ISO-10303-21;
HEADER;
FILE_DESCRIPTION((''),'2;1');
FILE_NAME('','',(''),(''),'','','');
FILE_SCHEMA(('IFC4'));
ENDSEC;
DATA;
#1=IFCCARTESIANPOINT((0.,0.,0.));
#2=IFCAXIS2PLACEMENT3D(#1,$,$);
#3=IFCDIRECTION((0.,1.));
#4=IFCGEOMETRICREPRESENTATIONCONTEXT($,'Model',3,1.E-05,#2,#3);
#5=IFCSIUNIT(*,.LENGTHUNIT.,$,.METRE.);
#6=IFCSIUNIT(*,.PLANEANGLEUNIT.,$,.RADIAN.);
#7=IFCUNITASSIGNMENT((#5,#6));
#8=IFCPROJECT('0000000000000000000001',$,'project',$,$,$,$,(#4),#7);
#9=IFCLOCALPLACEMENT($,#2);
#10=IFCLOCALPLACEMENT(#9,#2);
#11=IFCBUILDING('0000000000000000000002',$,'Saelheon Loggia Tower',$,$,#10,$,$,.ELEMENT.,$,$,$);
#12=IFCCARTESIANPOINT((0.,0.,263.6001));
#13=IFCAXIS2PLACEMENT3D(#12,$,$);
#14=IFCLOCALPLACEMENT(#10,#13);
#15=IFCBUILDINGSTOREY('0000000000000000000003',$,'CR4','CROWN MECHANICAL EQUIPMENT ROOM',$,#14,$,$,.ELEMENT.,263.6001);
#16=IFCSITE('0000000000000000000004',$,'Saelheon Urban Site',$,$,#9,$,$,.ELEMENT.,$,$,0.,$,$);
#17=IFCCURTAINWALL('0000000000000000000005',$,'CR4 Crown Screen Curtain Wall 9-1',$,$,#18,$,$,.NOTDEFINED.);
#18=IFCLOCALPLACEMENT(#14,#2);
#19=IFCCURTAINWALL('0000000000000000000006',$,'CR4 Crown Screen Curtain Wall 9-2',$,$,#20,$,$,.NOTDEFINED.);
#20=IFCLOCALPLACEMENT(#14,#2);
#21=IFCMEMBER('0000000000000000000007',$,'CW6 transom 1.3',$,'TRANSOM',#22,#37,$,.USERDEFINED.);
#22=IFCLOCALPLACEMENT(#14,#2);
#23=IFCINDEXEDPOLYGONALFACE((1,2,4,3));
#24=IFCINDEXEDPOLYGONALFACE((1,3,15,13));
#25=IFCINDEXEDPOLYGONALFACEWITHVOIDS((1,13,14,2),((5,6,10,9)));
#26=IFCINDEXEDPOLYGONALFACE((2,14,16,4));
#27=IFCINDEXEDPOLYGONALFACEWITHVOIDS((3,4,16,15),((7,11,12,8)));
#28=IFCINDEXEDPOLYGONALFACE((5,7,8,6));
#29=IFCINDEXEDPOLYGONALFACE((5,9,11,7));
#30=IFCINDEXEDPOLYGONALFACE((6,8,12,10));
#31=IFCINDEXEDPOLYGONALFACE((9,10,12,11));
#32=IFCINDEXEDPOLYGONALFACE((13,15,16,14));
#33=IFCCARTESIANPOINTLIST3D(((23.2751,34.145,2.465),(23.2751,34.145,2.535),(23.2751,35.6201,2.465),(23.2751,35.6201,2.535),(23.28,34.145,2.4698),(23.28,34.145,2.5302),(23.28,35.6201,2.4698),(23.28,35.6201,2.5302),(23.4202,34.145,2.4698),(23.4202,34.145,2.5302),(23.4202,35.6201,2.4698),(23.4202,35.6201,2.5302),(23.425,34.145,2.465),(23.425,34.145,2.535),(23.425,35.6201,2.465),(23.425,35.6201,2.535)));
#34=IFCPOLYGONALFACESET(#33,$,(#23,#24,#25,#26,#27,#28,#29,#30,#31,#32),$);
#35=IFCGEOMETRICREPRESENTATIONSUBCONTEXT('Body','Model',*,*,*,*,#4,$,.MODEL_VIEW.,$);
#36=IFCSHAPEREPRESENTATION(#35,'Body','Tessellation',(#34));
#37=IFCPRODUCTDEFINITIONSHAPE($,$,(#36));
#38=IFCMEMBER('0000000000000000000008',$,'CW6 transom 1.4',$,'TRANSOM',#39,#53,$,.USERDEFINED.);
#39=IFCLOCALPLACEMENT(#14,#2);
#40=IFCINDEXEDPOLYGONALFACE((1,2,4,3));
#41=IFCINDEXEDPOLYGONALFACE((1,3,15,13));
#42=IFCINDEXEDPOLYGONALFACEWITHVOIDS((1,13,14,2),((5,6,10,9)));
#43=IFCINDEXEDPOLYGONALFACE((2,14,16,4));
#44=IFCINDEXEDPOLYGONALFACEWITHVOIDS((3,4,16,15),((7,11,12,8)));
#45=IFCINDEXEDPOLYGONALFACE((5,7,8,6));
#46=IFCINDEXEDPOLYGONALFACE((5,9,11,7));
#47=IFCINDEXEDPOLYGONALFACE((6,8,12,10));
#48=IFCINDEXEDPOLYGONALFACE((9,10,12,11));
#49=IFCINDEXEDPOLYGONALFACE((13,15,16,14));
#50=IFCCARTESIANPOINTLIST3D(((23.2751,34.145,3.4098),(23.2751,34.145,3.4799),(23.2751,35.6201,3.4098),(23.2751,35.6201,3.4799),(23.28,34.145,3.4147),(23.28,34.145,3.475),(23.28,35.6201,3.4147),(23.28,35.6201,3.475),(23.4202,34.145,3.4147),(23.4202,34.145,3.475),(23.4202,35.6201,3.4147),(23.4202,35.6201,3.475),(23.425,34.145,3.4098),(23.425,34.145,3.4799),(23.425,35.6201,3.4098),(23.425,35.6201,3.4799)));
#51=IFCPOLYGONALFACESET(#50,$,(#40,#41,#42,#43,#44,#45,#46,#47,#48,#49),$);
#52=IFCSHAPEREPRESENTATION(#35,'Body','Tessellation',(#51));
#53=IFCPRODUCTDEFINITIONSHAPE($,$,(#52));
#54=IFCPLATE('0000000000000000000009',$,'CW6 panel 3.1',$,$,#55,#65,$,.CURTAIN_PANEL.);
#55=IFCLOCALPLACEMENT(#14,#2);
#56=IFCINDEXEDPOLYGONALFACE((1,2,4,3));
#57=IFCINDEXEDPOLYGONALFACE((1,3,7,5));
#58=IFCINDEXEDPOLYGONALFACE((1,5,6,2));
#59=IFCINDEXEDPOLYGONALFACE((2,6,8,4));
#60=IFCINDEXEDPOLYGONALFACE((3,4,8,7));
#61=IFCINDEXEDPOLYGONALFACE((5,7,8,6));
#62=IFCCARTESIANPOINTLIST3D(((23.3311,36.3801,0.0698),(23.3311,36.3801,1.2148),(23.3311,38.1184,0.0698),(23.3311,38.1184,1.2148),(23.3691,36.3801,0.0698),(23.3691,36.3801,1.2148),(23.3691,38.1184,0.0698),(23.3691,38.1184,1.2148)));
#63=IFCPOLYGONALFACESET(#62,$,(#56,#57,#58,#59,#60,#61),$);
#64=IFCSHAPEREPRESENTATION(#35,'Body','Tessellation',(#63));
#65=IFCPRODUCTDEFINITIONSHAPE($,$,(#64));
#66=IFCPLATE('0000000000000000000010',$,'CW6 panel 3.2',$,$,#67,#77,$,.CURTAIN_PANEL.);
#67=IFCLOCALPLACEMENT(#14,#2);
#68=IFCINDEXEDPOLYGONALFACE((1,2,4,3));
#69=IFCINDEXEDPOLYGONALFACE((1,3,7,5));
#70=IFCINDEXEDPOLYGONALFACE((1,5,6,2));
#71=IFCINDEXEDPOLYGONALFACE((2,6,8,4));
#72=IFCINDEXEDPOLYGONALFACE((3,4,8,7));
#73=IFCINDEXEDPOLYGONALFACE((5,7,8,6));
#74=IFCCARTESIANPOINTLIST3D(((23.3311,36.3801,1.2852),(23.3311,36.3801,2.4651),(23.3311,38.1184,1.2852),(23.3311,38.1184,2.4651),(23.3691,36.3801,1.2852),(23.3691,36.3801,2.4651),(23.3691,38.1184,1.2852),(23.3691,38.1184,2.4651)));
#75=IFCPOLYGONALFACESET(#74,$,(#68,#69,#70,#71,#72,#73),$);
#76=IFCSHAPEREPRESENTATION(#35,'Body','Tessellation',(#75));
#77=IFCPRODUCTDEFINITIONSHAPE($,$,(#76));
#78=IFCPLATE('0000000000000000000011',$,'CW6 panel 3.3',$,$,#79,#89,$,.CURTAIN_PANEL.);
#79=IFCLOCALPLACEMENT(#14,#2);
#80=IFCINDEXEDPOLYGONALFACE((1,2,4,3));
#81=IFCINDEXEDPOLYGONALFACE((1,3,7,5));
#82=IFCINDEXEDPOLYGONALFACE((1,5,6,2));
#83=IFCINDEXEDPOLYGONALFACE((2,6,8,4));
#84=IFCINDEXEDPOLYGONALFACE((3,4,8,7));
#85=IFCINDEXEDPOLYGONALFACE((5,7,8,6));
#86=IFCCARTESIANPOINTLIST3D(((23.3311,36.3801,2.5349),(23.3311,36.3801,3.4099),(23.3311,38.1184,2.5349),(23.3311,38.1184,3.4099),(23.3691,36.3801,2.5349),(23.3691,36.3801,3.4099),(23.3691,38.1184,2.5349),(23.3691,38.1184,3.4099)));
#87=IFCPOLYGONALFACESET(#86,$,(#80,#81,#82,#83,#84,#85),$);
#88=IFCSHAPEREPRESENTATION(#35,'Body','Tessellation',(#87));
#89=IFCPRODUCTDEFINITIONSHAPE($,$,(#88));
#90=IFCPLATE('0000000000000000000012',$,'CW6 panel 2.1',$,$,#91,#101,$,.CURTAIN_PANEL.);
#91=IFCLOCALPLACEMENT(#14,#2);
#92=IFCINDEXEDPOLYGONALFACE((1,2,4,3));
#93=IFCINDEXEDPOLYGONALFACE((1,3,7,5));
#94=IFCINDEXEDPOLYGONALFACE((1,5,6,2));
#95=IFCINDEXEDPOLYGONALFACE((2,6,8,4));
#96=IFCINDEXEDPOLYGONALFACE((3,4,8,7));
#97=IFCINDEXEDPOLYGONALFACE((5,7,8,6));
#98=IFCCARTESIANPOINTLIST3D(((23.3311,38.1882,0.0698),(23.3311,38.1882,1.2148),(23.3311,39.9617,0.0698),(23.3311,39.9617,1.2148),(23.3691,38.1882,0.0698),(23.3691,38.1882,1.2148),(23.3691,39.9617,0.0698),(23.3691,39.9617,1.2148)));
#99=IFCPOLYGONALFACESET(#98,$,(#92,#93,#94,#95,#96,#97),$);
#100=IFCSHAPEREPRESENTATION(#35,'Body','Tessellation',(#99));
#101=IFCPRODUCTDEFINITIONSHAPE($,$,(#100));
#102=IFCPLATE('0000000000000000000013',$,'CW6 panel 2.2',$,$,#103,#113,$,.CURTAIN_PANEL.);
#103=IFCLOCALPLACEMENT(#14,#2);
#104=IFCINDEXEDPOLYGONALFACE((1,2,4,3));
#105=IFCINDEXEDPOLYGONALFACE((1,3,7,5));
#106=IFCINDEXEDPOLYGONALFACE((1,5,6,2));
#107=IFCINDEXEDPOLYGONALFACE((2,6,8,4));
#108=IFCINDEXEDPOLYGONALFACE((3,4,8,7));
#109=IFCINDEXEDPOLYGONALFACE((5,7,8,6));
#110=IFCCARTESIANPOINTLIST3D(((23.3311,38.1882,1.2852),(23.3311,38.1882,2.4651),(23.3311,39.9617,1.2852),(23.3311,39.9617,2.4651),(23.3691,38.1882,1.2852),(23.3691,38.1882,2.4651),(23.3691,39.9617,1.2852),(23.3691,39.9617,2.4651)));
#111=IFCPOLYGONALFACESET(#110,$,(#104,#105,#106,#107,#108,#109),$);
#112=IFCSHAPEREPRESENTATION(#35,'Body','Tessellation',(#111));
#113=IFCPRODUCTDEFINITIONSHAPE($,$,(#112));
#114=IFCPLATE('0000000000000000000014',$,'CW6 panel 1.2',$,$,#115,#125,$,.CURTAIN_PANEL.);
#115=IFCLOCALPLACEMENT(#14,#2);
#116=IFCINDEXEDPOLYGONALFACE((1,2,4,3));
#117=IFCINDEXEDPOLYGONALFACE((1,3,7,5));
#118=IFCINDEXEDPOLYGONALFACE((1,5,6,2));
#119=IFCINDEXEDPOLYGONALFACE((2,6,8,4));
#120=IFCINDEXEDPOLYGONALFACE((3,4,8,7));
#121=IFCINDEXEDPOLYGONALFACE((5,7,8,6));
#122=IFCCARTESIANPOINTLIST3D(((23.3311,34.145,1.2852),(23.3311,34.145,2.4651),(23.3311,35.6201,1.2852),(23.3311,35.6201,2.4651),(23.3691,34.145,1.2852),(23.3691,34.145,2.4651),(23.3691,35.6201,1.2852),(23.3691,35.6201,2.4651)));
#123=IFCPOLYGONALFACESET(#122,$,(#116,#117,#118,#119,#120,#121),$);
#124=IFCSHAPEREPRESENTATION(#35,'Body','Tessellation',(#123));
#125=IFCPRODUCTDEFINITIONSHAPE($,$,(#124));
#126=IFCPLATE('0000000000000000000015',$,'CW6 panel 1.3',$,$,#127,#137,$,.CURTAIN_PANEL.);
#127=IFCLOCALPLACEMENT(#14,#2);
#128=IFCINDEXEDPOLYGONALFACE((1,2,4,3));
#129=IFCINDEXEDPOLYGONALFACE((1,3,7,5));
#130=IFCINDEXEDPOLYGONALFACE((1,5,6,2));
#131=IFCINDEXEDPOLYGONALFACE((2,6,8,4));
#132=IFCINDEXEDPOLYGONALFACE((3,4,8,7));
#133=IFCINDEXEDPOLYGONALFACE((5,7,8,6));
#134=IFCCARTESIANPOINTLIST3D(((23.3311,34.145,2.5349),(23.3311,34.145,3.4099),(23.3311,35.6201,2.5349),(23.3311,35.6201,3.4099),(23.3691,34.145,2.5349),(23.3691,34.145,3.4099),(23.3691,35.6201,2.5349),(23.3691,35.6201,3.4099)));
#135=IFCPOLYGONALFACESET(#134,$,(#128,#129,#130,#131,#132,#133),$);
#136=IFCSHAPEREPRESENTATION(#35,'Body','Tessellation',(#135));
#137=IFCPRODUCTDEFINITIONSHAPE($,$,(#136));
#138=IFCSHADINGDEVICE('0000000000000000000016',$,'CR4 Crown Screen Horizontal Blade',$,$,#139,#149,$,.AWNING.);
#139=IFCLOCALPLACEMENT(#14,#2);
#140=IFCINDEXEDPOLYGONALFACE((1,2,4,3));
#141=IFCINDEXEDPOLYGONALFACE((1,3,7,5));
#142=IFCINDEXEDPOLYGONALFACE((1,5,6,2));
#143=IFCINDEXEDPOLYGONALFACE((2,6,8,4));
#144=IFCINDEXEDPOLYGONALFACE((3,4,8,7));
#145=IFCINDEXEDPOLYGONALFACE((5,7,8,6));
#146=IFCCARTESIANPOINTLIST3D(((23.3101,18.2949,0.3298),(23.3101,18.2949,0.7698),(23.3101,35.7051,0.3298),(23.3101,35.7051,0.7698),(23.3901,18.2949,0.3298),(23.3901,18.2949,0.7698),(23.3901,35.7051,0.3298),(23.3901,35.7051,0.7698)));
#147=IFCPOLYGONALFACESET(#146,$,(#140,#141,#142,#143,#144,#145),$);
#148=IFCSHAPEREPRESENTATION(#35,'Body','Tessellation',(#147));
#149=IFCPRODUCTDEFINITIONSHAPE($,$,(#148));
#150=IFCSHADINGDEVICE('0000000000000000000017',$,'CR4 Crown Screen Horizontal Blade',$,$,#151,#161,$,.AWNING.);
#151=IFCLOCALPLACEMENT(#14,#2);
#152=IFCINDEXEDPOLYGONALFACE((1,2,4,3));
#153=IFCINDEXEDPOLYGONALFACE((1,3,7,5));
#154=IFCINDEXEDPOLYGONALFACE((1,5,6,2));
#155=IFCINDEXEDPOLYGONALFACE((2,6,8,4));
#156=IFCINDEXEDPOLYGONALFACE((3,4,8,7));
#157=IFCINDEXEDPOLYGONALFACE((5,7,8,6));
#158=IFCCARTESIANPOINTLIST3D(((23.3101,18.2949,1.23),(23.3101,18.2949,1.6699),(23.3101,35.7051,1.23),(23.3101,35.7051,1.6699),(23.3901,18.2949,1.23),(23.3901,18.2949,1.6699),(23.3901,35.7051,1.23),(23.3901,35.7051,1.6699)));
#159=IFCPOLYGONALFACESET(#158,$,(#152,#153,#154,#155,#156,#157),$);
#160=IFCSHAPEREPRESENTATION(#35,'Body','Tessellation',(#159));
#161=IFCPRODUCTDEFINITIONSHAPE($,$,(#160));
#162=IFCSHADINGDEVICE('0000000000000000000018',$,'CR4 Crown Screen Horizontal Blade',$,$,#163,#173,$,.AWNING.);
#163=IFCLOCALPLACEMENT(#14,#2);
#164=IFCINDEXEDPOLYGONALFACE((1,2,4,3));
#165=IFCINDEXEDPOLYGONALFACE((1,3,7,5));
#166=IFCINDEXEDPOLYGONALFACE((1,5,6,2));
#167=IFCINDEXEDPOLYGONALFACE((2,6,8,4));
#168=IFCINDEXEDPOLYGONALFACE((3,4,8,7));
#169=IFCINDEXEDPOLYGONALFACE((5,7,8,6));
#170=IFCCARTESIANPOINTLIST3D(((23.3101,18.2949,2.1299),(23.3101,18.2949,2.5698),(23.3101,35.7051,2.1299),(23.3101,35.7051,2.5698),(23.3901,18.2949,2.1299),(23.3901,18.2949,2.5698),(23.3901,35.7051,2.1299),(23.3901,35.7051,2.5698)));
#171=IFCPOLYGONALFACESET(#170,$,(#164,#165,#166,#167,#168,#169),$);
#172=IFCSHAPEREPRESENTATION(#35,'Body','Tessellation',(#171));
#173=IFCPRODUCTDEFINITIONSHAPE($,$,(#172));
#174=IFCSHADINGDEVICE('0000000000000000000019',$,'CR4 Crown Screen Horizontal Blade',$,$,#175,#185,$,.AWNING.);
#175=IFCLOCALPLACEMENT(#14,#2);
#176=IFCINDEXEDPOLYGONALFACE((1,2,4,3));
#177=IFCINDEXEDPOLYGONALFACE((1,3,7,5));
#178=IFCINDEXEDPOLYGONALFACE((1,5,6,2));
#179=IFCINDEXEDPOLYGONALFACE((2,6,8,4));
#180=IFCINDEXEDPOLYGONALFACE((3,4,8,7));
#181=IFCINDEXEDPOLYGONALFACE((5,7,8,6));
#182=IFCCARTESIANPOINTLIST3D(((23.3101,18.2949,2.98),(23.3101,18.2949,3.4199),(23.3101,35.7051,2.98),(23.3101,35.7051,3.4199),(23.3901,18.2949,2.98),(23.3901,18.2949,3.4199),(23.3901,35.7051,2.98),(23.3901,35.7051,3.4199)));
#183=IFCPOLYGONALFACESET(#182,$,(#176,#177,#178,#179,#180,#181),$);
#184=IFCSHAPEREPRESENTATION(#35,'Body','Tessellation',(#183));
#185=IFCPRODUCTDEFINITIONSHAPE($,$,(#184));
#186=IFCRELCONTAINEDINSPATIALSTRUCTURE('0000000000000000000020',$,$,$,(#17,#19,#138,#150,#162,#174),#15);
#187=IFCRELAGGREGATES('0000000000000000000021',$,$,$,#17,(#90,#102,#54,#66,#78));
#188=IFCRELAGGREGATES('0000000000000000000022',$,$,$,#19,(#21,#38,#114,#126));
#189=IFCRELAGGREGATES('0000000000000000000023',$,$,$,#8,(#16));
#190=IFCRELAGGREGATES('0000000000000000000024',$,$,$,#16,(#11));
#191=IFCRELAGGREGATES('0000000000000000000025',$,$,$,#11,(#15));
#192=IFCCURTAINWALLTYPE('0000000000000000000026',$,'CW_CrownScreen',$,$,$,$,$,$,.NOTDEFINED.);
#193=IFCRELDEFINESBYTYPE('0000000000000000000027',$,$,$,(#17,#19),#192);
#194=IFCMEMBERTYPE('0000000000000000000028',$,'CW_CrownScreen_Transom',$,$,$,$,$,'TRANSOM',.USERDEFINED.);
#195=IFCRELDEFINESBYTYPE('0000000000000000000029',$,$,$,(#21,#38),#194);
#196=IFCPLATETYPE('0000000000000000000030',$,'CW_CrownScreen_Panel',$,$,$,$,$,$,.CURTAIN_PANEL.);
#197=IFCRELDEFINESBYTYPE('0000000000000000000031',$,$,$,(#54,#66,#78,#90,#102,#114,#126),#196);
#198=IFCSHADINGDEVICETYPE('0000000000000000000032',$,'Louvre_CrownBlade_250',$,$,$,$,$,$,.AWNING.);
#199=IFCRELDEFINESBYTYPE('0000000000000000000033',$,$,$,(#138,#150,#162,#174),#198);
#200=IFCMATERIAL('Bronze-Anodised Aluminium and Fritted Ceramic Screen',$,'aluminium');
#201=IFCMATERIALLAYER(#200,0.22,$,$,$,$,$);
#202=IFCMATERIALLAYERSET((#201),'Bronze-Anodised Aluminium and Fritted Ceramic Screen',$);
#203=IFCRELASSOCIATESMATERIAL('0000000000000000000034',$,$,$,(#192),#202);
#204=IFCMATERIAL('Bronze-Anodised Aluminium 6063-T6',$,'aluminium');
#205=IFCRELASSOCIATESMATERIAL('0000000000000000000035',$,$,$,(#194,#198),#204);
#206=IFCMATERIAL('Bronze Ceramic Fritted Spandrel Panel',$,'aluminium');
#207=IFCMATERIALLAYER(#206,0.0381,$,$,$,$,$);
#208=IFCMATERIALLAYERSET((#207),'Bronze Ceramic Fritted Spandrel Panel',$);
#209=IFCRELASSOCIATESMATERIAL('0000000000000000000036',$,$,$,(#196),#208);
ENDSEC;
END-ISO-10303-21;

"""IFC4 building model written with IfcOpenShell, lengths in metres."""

from ifc_helpers import new_model, si_unit, direction, frame, origin, origin_2d, place, context, subcontext, project, spatial, rectangle, hollow_rectangle, extrude, source, transform, mapped, material, layer, layer_set, material_profile, profile_set, type_object, element, aggregate, save


model = new_model("IFC4")

# Units and contexts
model_context = context("Model", 3, precision=1e-05, world=origin(), true_north=direction((0.0, 1.0)))
body_context = subcontext(model_context, "Body", "Model", "MODEL_VIEW")
ifc_project = project(units=[si_unit("LENGTHUNIT", "METRE"), si_unit("PLANEANGLEUNIT", "RADIAN")], contexts=[model_context])

# Site, building, storey
site_placement = place(None, origin())
site = spatial("IfcSite", under=ifc_project, at=site_placement, Name="Saelheon Urban Site", CompositionType="ELEMENT", RefElevation=0.0)
building_placement = place(site_placement, origin())
building = spatial("IfcBuilding", under=site, at=building_placement, Name="Saelheon Loggia Tower", CompositionType="ELEMENT")
storey_placement = place(building_placement, frame((0.0, 0.0, 263.6001)))
storey = spatial("IfcBuildingStorey", under=building, at=storey_placement, Name="CR4", Description="CROWN MECHANICAL EQUIPMENT ROOM", CompositionType="ELEMENT", Elevation=263.6001)

# Curtain wall
ifc_material_1 = material(Name="Bronze-Anodised Aluminium and Fritted Ceramic Screen", Category="aluminium")
ifc_layer_1 = layer(ifc_material_1, 0.22)
ifc_layer_set_1 = layer_set([ifc_layer_1], Name="Bronze-Anodised Aluminium and Fritted Ceramic Screen")
curtain_wall_type = type_object("IfcCurtainWallType", Name="CW_CrownScreen", PredefinedType="NOTDEFINED", material=ifc_layer_set_1)
curtain_wall_1_placement = place(storey_placement, origin())
curtain_wall_1 = element("IfcCurtainWall", 1, at=curtain_wall_1_placement, inside=storey, type_object=curtain_wall_type, Name="CR4 Crown Screen Curtain Wall 9-1", PredefinedType="NOTDEFINED")
ifc_material_2 = material(Name="Bronze-Anodised Aluminium 6063-T6", Category="aluminium")

# Curtain wall
curtain_wall_2_placement = place(storey_placement, origin())
curtain_wall_2 = element("IfcCurtainWall", 2, at=curtain_wall_2_placement, inside=storey, type_object=curtain_wall_type, Name="CR4 Crown Screen Curtain Wall 9-2", PredefinedType="NOTDEFINED")

# Members
ifc_material_profile_1 = material_profile(ifc_material_2, hollow_rectangle(XDim=0.0701, YDim=0.1499, WallThickness=0.0049, at=origin_2d()), Name="RHS-150x70x5")
ifc_profile_set_1 = profile_set([ifc_material_profile_1], Name="Bronze-Anodised Aluminium 6063-T6")
member_type_1 = type_object("IfcMemberType", Name="CW_CrownScreen_Transom", ElementType="TRANSOM", PredefinedType="USERDEFINED", material=ifc_profile_set_1)
shared_shape_1 = source(origin(), body_context, "Body", "SweptSolid", [
    extrude(hollow_rectangle(XDim=0.0701, YDim=0.1499, WallThickness=0.0049, at=origin_2d()), origin(), (0.0, 0.0, 1.0), 1.4751),
])
member_1_placement = place(storey_placement, frame((23.3501, 35.6201, 2.5), z_axis=(0.0, -1.0, 0.0), x_axis=(0.0, 0.0, 1.0)))
member_1 = element("IfcMember", 3, at=member_1_placement, type_object=member_type_1, Name="CW6 transom 1.3", ObjectType="TRANSOM", PredefinedType="USERDEFINED", context=body_context, shape_type="MappedRepresentation", body=[
    mapped(shared_shape_1, transform((0.0, 0.0, 0.0), scale=1.0)),
])
member_2_placement = place(storey_placement, frame((23.3501, 35.6201, 3.4448), z_axis=(0.0, -1.0, 0.0), x_axis=(0.0, 0.0, 1.0)))
member_2 = element("IfcMember", 4, at=member_2_placement, type_object=member_type_1, Name="CW6 transom 1.4", ObjectType="TRANSOM", PredefinedType="USERDEFINED", context=body_context, shape_type="MappedRepresentation", body=[
    mapped(shared_shape_1, transform((0.0, 0.0, 0.0), scale=1.0)),
])

# Plates
ifc_material_3 = material(Name="Bronze Ceramic Fritted Spandrel Panel", Category="aluminium")
ifc_layer_2 = layer(ifc_material_3, 0.0381)
ifc_layer_set_2 = layer_set([ifc_layer_2], Name="Bronze Ceramic Fritted Spandrel Panel")
plate_type = type_object("IfcPlateType", Name="CW_CrownScreen_Panel", PredefinedType="CURTAIN_PANEL", material=ifc_layer_set_2)
shared_shape_2 = source(origin(), body_context, "Body", "SweptSolid", [
    extrude(rectangle(XDim=1.7383, YDim=0.0381, at=origin_2d()), origin(), (0.0, 0.0, 1.0), 1.145),
])
plate_1_placement = place(storey_placement, frame((23.3501, 37.2493, 0.0698), z_axis=(0.0, 0.0, 1.0), x_axis=(0.0, -1.0, 0.0)))
plate_1 = element("IfcPlate", 5, at=plate_1_placement, type_object=plate_type, Name="CW6 panel 3.1", PredefinedType="CURTAIN_PANEL", context=body_context, shape_type="MappedRepresentation", body=[
    mapped(shared_shape_2, transform((0.0, 0.0, 0.0), scale=1.0)),
])
shared_shape_3 = source(origin(), body_context, "Body", "SweptSolid", [
    extrude(rectangle(XDim=1.7383, YDim=0.0381, at=origin_2d()), origin(), (0.0, 0.0, 1.0), 1.1799),
])
plate_2_placement = place(storey_placement, frame((23.3501, 37.2493, 1.2852), z_axis=(0.0, 0.0, 1.0), x_axis=(0.0, -1.0, 0.0)))
plate_2 = element("IfcPlate", 6, at=plate_2_placement, type_object=plate_type, Name="CW6 panel 3.2", PredefinedType="CURTAIN_PANEL", context=body_context, shape_type="MappedRepresentation", body=[
    mapped(shared_shape_3, transform((0.0, 0.0, 0.0), scale=1.0)),
])
shared_shape_4 = source(origin(), body_context, "Body", "SweptSolid", [
    extrude(rectangle(XDim=1.7383, YDim=0.0381, at=origin_2d()), origin(), (0.0, 0.0, 1.0), 0.875),
])
plate_3_placement = place(storey_placement, frame((23.3501, 37.2493, 2.5349), z_axis=(0.0, 0.0, 1.0), x_axis=(0.0, -1.0, 0.0)))
plate_3 = element("IfcPlate", 7, at=plate_3_placement, type_object=plate_type, Name="CW6 panel 3.3", PredefinedType="CURTAIN_PANEL", context=body_context, shape_type="MappedRepresentation", body=[
    mapped(shared_shape_4, transform((0.0, 0.0, 0.0), scale=1.0)),
])
shared_shape_5 = source(origin(), body_context, "Body", "SweptSolid", [
    extrude(rectangle(XDim=1.7734, YDim=0.0381, at=origin_2d()), origin(), (0.0, 0.0, 1.0), 1.145),
])
plate_4_placement = place(storey_placement, frame((23.3501, 39.075, 0.0698), z_axis=(0.0, 0.0, 1.0), x_axis=(0.0, -1.0, 0.0)))
plate_4 = element("IfcPlate", 8, at=plate_4_placement, type_object=plate_type, Name="CW6 panel 2.1", PredefinedType="CURTAIN_PANEL", context=body_context, shape_type="MappedRepresentation", body=[
    mapped(shared_shape_5, transform((0.0, 0.0, 0.0), scale=1.0)),
])
shared_shape_6 = source(origin(), body_context, "Body", "SweptSolid", [
    extrude(rectangle(XDim=1.7734, YDim=0.0381, at=origin_2d()), origin(), (0.0, 0.0, 1.0), 1.1799),
])
plate_5_placement = place(storey_placement, frame((23.3501, 39.075, 1.2852), z_axis=(0.0, 0.0, 1.0), x_axis=(0.0, -1.0, 0.0)))
plate_5 = element("IfcPlate", 9, at=plate_5_placement, type_object=plate_type, Name="CW6 panel 2.2", PredefinedType="CURTAIN_PANEL", context=body_context, shape_type="MappedRepresentation", body=[
    mapped(shared_shape_6, transform((0.0, 0.0, 0.0), scale=1.0)),
])
aggregate(curtain_wall_1, [plate_4, plate_5, plate_1, plate_2, plate_3])
shared_shape_7 = source(origin(), body_context, "Body", "SweptSolid", [
    extrude(rectangle(XDim=1.4751, YDim=0.0381, at=origin_2d()), origin(), (0.0, 0.0, 1.0), 1.1799),
])
plate_6_placement = place(storey_placement, frame((23.3501, 34.8826, 1.2852), z_axis=(0.0, 0.0, 1.0), x_axis=(0.0, -1.0, 0.0)))
plate_6 = element("IfcPlate", 10, at=plate_6_placement, type_object=plate_type, Name="CW6 panel 1.2", PredefinedType="CURTAIN_PANEL", context=body_context, shape_type="MappedRepresentation", body=[
    mapped(shared_shape_7, transform((0.0, 0.0, 0.0), scale=1.0)),
])
shared_shape_8 = source(origin(), body_context, "Body", "SweptSolid", [
    extrude(rectangle(XDim=1.4751, YDim=0.0381, at=origin_2d()), origin(), (0.0, 0.0, 1.0), 0.875),
])
plate_7_placement = place(storey_placement, frame((23.3501, 34.8826, 2.5349), z_axis=(0.0, 0.0, 1.0), x_axis=(0.0, -1.0, 0.0)))
plate_7 = element("IfcPlate", 11, at=plate_7_placement, type_object=plate_type, Name="CW6 panel 1.3", PredefinedType="CURTAIN_PANEL", context=body_context, shape_type="MappedRepresentation", body=[
    mapped(shared_shape_8, transform((0.0, 0.0, 0.0), scale=1.0)),
])
aggregate(curtain_wall_2, [member_1, member_2, plate_6, plate_7])

# Shading devices
ifc_material_profile_2 = material_profile(ifc_material_2, rectangle(XDim=0.0801, YDim=0.4399, at=origin_2d()), Name="Louvre_CrownBlade_250")
ifc_profile_set_2 = profile_set([ifc_material_profile_2], Name="Bronze-Anodised Aluminium 6063-T6")
shading_device_type = type_object("IfcShadingDeviceType", Name="Louvre_CrownBlade_250", PredefinedType="AWNING", material=ifc_profile_set_2)
shared_shape_9 = source(origin(), body_context, "Body", "SweptSolid", [
    extrude(rectangle(XDim=0.0801, YDim=0.4399, at=origin_2d()), origin(), (0.0, 0.0, 1.0), 17.4102),
])
for number, where, z_axis, x_axis, name in (
    (12, (23.3501, 35.7051, 0.5498), (0.0, -1.0, 0.0), (1.0, 0.0, 0.0), "CR4 Crown Screen Horizontal Blade"),
    (13, (23.3501, 35.7051, 1.45), (0.0, -1.0, 0.0), (1.0, 0.0, 0.0), "CR4 Crown Screen Horizontal Blade"),
    (14, (23.3501, 35.7051, 2.3499), (0.0, -1.0, 0.0), (1.0, 0.0, 0.0), "CR4 Crown Screen Horizontal Blade"),
    (15, (23.3501, 35.7051, 3.2), (0.0, -1.0, 0.0), (1.0, 0.0, 0.0), "CR4 Crown Screen Horizontal Blade"),
):
    element("IfcShadingDevice", number, at=place(storey_placement, frame(where, z_axis=z_axis, x_axis=x_axis)), inside=storey, type_object=shading_device_type, Name=name, PredefinedType="AWNING", context=body_context, shape_type="MappedRepresentation", body=[
        mapped(shared_shape_9, transform((0.0, 0.0, 0.0), scale=1.0)),
    ])

save(model, "model.ifc")
